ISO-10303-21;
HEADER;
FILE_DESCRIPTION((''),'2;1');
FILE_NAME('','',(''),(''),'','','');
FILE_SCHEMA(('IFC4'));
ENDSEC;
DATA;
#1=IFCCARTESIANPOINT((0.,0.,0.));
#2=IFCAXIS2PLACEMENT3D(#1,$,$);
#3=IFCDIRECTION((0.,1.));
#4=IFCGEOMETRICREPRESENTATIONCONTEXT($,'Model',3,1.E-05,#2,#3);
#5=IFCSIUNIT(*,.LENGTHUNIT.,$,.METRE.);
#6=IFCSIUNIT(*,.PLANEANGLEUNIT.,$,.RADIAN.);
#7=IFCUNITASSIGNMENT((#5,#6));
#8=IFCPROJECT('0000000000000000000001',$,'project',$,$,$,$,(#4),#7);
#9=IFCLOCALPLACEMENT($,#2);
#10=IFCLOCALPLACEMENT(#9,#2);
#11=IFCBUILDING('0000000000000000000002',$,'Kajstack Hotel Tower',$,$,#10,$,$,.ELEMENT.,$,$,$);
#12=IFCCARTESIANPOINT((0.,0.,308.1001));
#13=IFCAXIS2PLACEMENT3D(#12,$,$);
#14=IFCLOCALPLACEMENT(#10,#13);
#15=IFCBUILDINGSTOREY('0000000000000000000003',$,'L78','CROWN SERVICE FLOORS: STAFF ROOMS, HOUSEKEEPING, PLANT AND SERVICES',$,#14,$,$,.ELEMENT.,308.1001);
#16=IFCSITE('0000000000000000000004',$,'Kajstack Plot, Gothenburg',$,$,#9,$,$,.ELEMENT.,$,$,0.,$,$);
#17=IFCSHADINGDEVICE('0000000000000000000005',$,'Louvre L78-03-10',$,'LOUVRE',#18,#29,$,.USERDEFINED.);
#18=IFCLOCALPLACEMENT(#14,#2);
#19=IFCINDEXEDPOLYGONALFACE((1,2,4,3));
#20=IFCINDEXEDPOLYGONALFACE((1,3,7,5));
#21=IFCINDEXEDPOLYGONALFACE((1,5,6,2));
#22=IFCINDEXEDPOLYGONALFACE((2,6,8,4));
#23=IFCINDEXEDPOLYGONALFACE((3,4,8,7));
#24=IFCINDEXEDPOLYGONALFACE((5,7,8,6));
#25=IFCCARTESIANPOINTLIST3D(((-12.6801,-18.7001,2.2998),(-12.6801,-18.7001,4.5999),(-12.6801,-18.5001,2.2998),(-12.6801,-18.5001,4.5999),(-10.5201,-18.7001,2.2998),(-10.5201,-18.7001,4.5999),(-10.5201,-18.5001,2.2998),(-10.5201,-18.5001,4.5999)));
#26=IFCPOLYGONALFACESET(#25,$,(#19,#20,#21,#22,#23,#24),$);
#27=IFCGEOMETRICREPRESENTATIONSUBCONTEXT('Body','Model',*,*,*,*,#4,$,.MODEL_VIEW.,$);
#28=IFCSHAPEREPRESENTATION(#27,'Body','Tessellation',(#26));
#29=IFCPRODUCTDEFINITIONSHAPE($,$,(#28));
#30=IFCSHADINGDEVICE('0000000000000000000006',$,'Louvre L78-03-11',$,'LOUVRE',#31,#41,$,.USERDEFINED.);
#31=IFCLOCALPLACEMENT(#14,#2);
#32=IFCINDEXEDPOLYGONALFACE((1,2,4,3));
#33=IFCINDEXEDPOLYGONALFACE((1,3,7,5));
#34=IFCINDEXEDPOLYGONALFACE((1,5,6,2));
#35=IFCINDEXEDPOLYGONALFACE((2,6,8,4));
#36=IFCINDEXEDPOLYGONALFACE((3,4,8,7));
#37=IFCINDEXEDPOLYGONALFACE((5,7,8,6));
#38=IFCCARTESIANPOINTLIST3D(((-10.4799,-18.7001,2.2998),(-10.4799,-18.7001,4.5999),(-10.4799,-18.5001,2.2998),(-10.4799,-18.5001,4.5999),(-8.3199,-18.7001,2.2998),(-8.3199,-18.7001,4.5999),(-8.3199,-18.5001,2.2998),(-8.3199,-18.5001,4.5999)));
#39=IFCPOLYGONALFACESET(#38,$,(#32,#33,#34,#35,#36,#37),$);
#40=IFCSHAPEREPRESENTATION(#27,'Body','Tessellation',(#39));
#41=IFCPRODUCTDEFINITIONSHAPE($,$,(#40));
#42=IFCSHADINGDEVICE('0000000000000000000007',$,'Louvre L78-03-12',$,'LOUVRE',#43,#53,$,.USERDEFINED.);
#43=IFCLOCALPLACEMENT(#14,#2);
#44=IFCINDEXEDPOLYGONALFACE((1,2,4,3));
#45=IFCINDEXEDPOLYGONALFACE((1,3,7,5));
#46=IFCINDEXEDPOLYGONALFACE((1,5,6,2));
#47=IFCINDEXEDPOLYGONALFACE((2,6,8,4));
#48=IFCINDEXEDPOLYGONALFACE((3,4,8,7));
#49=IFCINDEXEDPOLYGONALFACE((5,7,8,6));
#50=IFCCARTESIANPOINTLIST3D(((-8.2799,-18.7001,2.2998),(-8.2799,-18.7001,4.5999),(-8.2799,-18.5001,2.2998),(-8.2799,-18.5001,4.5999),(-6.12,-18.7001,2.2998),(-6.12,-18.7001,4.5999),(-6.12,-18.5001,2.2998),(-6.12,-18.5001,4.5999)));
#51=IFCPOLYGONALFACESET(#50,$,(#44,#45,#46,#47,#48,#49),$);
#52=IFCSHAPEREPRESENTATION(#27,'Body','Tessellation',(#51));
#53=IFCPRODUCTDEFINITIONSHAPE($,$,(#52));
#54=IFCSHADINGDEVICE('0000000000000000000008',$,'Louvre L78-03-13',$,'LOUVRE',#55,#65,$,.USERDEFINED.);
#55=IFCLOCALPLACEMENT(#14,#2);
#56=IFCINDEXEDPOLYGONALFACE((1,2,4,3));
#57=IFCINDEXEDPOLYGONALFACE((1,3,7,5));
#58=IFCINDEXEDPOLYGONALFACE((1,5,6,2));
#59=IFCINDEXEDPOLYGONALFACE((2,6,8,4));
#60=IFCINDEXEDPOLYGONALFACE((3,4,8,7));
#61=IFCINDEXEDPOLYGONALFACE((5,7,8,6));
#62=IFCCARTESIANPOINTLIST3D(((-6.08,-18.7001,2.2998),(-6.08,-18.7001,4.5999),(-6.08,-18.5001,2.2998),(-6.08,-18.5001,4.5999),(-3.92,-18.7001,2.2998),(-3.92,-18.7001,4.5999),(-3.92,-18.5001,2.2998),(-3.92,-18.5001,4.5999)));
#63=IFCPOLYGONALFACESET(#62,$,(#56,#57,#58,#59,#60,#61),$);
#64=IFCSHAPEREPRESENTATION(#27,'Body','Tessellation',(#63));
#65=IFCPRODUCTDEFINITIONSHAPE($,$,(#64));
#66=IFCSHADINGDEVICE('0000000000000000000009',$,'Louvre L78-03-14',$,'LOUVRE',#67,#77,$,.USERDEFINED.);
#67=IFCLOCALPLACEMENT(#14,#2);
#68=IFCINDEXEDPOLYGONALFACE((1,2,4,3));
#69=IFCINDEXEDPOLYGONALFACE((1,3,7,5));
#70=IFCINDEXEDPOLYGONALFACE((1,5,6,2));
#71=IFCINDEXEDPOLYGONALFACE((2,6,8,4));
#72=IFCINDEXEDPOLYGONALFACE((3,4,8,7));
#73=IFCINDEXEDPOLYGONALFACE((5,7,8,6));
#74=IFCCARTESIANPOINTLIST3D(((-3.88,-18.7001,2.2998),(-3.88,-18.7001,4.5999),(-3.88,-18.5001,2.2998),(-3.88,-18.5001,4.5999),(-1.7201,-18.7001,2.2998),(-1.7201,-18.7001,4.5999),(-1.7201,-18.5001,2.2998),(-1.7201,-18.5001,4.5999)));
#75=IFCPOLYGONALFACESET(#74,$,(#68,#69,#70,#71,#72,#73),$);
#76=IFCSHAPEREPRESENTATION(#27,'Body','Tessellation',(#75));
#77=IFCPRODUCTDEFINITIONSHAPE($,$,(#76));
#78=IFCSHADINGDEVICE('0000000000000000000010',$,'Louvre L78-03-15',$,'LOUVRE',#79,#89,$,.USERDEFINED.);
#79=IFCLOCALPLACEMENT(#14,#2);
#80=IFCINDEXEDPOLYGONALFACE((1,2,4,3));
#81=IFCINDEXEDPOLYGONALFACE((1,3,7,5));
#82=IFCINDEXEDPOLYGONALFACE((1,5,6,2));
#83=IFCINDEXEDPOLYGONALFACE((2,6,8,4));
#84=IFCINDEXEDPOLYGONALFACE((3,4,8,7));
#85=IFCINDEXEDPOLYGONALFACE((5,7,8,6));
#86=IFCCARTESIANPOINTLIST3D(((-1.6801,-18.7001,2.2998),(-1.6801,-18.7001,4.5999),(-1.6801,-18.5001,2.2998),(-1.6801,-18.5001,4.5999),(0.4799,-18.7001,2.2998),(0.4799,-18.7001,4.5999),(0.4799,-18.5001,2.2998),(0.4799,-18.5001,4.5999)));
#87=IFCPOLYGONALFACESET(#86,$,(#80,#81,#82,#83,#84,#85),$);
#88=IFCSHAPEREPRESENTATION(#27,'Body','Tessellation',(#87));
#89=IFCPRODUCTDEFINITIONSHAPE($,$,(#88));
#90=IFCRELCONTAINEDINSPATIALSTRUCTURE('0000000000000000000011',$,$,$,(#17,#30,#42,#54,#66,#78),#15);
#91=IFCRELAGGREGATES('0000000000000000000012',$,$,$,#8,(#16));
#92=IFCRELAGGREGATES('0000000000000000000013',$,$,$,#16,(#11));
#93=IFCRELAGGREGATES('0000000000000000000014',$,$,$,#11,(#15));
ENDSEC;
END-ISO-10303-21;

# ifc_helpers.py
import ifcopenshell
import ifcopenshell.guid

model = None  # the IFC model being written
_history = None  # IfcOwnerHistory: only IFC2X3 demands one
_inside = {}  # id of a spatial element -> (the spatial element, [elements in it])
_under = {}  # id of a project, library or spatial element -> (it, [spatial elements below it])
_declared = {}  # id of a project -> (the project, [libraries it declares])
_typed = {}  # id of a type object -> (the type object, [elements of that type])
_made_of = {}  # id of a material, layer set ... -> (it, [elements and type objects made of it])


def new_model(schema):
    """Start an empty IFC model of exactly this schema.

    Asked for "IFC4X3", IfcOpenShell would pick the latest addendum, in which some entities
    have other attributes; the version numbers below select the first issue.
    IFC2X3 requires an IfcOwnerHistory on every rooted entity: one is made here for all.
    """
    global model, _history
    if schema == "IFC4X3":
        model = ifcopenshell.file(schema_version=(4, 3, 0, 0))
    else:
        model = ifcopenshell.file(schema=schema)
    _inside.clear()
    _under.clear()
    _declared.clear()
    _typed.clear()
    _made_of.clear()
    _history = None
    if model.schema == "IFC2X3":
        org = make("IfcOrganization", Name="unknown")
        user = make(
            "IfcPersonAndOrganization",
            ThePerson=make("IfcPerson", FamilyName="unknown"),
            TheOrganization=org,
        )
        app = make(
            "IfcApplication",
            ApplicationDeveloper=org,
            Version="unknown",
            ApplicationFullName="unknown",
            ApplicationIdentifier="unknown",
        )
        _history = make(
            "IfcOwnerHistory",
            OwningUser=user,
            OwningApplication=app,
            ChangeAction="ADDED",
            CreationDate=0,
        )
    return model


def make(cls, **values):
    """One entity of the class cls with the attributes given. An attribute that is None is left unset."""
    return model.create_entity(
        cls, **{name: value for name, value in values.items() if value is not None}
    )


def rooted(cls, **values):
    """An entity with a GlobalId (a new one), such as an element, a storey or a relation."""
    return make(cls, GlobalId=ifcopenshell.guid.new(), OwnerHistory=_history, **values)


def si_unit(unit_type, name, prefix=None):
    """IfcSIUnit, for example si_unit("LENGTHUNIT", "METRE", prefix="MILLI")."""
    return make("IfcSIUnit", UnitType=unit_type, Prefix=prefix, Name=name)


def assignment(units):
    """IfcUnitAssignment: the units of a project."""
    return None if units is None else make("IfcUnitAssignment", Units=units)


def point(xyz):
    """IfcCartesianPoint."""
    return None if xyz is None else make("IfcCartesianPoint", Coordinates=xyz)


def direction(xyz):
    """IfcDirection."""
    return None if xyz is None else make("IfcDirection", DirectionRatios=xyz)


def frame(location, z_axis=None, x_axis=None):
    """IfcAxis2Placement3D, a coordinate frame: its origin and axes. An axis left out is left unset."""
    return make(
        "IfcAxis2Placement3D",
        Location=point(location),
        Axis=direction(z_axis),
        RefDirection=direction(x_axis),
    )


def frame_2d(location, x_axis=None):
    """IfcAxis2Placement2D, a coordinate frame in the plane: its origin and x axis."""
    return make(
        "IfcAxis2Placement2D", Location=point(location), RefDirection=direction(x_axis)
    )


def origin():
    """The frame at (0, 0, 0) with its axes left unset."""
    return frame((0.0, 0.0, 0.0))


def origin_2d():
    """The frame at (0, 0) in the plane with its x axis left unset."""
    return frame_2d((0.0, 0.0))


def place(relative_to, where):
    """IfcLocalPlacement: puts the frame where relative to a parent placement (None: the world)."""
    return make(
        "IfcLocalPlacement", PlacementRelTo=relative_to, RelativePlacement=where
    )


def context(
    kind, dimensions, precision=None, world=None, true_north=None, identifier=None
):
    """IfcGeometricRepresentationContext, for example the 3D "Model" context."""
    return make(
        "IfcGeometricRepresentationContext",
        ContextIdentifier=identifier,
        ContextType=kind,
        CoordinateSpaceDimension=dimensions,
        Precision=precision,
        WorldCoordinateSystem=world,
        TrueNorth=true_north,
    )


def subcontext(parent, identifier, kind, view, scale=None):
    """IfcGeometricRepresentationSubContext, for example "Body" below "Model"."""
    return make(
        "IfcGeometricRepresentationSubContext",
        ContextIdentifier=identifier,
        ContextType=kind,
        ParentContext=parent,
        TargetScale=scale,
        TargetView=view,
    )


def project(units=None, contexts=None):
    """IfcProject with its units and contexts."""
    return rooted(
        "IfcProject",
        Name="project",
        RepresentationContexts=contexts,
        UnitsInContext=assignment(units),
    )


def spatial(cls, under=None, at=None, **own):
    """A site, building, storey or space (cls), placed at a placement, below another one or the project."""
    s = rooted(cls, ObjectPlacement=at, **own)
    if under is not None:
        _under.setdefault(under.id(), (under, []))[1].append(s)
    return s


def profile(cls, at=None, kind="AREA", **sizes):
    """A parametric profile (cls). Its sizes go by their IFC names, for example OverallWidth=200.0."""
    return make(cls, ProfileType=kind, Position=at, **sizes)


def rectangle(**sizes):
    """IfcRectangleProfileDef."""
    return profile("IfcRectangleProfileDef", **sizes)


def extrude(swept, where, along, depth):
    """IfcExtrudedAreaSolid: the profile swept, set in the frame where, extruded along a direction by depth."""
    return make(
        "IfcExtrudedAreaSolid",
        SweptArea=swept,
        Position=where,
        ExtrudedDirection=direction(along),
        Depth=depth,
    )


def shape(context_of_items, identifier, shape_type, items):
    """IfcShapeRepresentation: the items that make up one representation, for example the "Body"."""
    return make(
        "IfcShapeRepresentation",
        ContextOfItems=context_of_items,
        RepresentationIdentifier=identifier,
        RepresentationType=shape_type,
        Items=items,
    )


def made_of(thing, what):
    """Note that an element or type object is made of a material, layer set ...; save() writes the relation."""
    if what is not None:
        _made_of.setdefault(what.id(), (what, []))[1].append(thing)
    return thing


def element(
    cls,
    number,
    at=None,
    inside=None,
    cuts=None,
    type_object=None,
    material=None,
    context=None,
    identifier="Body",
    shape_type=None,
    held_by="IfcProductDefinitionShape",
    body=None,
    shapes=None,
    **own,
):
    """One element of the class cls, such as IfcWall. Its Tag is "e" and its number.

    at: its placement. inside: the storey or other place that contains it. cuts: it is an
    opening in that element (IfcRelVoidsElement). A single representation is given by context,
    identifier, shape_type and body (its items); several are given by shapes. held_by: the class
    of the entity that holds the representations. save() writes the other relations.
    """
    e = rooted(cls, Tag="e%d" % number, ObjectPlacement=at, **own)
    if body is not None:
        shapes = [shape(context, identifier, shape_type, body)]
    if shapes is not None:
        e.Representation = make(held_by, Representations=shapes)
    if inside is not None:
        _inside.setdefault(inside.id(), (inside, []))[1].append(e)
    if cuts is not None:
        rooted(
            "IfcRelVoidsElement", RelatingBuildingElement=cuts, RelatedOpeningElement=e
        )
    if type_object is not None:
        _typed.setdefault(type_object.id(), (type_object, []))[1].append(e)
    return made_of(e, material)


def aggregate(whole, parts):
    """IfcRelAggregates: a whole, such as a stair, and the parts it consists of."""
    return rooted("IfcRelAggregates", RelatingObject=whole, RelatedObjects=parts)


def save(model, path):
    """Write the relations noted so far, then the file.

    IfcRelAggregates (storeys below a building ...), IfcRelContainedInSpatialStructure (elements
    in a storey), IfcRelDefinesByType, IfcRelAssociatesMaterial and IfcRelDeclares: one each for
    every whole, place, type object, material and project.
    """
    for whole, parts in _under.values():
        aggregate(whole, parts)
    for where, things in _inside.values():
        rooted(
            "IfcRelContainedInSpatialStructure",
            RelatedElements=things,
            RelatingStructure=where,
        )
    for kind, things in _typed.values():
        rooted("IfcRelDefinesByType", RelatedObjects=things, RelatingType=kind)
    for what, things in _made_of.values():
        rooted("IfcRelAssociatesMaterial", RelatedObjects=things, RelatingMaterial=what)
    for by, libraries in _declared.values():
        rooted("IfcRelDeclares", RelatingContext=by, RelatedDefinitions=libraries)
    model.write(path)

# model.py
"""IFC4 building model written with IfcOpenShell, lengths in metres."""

from ifc_helpers import new_model, si_unit, direction, frame, origin, origin_2d, place, context, subcontext, project, spatial, rectangle, extrude, element, save


model = new_model("IFC4")

# Units and contexts
model_context = context("Model", 3, precision=1e-05, world=origin(), true_north=direction((0.0, 1.0)))
body_context = subcontext(model_context, "Body", "Model", "MODEL_VIEW")
ifc_project = project(units=[si_unit("LENGTHUNIT", "METRE"), si_unit("PLANEANGLEUNIT", "RADIAN")], contexts=[model_context])

# Site, building, storey
site_placement = place(None, origin())
site = spatial("IfcSite", under=ifc_project, at=site_placement, Name="Kajstack Plot, Gothenburg", CompositionType="ELEMENT", RefElevation=0.0)
building_placement = place(site_placement, origin())
building = spatial("IfcBuilding", under=site, at=building_placement, Name="Kajstack Hotel Tower", CompositionType="ELEMENT")
storey_placement = place(building_placement, frame((0.0, 0.0, 308.1001)))
storey = spatial("IfcBuildingStorey", under=building, at=storey_placement, Name="L78", Description="CROWN SERVICE FLOORS: STAFF ROOMS, HOUSEKEEPING, PLANT AND SERVICES", CompositionType="ELEMENT", Elevation=308.1001)

# Shading devices
for number, where, z_axis, x_axis, name in (
    (1, (-11.6001, -18.6001, 2.2998), (0.0, 0.0, 1.0), (1.0, 0.0, 0.0), "Louvre L78-03-10"),
    (2, (-9.3999, -18.6001, 2.2998), (0.0, 0.0, 1.0), (1.0, 0.0, 0.0), "Louvre L78-03-11"),
    (3, (-7.2, -18.6001, 2.2998), (0.0, 0.0, 1.0), (1.0, 0.0, 0.0), "Louvre L78-03-12"),
    (4, (-5.0, -18.6001, 2.2998), (0.0, 0.0, 1.0), (1.0, 0.0, 0.0), "Louvre L78-03-13"),
    (5, (-2.8, -18.6001, 2.2998), (0.0, 0.0, 1.0), (1.0, 0.0, 0.0), "Louvre L78-03-14"),
    (6, (-0.6001, -18.6001, 2.2998), (0.0, 0.0, 1.0), (1.0, 0.0, 0.0), "Louvre L78-03-15"),
):
    element("IfcShadingDevice", number, at=place(storey_placement, frame(where, z_axis=z_axis, x_axis=x_axis)), inside=storey, Name=name, ObjectType="LOUVRE", PredefinedType="USERDEFINED", context=body_context, shape_type="SweptSolid", body=[
        extrude(rectangle(XDim=2.1599, YDim=0.2, at=origin_2d()), origin(), (0.0, 0.0, 1.0), 2.3),
    ])

save(model, "model.ifc")
